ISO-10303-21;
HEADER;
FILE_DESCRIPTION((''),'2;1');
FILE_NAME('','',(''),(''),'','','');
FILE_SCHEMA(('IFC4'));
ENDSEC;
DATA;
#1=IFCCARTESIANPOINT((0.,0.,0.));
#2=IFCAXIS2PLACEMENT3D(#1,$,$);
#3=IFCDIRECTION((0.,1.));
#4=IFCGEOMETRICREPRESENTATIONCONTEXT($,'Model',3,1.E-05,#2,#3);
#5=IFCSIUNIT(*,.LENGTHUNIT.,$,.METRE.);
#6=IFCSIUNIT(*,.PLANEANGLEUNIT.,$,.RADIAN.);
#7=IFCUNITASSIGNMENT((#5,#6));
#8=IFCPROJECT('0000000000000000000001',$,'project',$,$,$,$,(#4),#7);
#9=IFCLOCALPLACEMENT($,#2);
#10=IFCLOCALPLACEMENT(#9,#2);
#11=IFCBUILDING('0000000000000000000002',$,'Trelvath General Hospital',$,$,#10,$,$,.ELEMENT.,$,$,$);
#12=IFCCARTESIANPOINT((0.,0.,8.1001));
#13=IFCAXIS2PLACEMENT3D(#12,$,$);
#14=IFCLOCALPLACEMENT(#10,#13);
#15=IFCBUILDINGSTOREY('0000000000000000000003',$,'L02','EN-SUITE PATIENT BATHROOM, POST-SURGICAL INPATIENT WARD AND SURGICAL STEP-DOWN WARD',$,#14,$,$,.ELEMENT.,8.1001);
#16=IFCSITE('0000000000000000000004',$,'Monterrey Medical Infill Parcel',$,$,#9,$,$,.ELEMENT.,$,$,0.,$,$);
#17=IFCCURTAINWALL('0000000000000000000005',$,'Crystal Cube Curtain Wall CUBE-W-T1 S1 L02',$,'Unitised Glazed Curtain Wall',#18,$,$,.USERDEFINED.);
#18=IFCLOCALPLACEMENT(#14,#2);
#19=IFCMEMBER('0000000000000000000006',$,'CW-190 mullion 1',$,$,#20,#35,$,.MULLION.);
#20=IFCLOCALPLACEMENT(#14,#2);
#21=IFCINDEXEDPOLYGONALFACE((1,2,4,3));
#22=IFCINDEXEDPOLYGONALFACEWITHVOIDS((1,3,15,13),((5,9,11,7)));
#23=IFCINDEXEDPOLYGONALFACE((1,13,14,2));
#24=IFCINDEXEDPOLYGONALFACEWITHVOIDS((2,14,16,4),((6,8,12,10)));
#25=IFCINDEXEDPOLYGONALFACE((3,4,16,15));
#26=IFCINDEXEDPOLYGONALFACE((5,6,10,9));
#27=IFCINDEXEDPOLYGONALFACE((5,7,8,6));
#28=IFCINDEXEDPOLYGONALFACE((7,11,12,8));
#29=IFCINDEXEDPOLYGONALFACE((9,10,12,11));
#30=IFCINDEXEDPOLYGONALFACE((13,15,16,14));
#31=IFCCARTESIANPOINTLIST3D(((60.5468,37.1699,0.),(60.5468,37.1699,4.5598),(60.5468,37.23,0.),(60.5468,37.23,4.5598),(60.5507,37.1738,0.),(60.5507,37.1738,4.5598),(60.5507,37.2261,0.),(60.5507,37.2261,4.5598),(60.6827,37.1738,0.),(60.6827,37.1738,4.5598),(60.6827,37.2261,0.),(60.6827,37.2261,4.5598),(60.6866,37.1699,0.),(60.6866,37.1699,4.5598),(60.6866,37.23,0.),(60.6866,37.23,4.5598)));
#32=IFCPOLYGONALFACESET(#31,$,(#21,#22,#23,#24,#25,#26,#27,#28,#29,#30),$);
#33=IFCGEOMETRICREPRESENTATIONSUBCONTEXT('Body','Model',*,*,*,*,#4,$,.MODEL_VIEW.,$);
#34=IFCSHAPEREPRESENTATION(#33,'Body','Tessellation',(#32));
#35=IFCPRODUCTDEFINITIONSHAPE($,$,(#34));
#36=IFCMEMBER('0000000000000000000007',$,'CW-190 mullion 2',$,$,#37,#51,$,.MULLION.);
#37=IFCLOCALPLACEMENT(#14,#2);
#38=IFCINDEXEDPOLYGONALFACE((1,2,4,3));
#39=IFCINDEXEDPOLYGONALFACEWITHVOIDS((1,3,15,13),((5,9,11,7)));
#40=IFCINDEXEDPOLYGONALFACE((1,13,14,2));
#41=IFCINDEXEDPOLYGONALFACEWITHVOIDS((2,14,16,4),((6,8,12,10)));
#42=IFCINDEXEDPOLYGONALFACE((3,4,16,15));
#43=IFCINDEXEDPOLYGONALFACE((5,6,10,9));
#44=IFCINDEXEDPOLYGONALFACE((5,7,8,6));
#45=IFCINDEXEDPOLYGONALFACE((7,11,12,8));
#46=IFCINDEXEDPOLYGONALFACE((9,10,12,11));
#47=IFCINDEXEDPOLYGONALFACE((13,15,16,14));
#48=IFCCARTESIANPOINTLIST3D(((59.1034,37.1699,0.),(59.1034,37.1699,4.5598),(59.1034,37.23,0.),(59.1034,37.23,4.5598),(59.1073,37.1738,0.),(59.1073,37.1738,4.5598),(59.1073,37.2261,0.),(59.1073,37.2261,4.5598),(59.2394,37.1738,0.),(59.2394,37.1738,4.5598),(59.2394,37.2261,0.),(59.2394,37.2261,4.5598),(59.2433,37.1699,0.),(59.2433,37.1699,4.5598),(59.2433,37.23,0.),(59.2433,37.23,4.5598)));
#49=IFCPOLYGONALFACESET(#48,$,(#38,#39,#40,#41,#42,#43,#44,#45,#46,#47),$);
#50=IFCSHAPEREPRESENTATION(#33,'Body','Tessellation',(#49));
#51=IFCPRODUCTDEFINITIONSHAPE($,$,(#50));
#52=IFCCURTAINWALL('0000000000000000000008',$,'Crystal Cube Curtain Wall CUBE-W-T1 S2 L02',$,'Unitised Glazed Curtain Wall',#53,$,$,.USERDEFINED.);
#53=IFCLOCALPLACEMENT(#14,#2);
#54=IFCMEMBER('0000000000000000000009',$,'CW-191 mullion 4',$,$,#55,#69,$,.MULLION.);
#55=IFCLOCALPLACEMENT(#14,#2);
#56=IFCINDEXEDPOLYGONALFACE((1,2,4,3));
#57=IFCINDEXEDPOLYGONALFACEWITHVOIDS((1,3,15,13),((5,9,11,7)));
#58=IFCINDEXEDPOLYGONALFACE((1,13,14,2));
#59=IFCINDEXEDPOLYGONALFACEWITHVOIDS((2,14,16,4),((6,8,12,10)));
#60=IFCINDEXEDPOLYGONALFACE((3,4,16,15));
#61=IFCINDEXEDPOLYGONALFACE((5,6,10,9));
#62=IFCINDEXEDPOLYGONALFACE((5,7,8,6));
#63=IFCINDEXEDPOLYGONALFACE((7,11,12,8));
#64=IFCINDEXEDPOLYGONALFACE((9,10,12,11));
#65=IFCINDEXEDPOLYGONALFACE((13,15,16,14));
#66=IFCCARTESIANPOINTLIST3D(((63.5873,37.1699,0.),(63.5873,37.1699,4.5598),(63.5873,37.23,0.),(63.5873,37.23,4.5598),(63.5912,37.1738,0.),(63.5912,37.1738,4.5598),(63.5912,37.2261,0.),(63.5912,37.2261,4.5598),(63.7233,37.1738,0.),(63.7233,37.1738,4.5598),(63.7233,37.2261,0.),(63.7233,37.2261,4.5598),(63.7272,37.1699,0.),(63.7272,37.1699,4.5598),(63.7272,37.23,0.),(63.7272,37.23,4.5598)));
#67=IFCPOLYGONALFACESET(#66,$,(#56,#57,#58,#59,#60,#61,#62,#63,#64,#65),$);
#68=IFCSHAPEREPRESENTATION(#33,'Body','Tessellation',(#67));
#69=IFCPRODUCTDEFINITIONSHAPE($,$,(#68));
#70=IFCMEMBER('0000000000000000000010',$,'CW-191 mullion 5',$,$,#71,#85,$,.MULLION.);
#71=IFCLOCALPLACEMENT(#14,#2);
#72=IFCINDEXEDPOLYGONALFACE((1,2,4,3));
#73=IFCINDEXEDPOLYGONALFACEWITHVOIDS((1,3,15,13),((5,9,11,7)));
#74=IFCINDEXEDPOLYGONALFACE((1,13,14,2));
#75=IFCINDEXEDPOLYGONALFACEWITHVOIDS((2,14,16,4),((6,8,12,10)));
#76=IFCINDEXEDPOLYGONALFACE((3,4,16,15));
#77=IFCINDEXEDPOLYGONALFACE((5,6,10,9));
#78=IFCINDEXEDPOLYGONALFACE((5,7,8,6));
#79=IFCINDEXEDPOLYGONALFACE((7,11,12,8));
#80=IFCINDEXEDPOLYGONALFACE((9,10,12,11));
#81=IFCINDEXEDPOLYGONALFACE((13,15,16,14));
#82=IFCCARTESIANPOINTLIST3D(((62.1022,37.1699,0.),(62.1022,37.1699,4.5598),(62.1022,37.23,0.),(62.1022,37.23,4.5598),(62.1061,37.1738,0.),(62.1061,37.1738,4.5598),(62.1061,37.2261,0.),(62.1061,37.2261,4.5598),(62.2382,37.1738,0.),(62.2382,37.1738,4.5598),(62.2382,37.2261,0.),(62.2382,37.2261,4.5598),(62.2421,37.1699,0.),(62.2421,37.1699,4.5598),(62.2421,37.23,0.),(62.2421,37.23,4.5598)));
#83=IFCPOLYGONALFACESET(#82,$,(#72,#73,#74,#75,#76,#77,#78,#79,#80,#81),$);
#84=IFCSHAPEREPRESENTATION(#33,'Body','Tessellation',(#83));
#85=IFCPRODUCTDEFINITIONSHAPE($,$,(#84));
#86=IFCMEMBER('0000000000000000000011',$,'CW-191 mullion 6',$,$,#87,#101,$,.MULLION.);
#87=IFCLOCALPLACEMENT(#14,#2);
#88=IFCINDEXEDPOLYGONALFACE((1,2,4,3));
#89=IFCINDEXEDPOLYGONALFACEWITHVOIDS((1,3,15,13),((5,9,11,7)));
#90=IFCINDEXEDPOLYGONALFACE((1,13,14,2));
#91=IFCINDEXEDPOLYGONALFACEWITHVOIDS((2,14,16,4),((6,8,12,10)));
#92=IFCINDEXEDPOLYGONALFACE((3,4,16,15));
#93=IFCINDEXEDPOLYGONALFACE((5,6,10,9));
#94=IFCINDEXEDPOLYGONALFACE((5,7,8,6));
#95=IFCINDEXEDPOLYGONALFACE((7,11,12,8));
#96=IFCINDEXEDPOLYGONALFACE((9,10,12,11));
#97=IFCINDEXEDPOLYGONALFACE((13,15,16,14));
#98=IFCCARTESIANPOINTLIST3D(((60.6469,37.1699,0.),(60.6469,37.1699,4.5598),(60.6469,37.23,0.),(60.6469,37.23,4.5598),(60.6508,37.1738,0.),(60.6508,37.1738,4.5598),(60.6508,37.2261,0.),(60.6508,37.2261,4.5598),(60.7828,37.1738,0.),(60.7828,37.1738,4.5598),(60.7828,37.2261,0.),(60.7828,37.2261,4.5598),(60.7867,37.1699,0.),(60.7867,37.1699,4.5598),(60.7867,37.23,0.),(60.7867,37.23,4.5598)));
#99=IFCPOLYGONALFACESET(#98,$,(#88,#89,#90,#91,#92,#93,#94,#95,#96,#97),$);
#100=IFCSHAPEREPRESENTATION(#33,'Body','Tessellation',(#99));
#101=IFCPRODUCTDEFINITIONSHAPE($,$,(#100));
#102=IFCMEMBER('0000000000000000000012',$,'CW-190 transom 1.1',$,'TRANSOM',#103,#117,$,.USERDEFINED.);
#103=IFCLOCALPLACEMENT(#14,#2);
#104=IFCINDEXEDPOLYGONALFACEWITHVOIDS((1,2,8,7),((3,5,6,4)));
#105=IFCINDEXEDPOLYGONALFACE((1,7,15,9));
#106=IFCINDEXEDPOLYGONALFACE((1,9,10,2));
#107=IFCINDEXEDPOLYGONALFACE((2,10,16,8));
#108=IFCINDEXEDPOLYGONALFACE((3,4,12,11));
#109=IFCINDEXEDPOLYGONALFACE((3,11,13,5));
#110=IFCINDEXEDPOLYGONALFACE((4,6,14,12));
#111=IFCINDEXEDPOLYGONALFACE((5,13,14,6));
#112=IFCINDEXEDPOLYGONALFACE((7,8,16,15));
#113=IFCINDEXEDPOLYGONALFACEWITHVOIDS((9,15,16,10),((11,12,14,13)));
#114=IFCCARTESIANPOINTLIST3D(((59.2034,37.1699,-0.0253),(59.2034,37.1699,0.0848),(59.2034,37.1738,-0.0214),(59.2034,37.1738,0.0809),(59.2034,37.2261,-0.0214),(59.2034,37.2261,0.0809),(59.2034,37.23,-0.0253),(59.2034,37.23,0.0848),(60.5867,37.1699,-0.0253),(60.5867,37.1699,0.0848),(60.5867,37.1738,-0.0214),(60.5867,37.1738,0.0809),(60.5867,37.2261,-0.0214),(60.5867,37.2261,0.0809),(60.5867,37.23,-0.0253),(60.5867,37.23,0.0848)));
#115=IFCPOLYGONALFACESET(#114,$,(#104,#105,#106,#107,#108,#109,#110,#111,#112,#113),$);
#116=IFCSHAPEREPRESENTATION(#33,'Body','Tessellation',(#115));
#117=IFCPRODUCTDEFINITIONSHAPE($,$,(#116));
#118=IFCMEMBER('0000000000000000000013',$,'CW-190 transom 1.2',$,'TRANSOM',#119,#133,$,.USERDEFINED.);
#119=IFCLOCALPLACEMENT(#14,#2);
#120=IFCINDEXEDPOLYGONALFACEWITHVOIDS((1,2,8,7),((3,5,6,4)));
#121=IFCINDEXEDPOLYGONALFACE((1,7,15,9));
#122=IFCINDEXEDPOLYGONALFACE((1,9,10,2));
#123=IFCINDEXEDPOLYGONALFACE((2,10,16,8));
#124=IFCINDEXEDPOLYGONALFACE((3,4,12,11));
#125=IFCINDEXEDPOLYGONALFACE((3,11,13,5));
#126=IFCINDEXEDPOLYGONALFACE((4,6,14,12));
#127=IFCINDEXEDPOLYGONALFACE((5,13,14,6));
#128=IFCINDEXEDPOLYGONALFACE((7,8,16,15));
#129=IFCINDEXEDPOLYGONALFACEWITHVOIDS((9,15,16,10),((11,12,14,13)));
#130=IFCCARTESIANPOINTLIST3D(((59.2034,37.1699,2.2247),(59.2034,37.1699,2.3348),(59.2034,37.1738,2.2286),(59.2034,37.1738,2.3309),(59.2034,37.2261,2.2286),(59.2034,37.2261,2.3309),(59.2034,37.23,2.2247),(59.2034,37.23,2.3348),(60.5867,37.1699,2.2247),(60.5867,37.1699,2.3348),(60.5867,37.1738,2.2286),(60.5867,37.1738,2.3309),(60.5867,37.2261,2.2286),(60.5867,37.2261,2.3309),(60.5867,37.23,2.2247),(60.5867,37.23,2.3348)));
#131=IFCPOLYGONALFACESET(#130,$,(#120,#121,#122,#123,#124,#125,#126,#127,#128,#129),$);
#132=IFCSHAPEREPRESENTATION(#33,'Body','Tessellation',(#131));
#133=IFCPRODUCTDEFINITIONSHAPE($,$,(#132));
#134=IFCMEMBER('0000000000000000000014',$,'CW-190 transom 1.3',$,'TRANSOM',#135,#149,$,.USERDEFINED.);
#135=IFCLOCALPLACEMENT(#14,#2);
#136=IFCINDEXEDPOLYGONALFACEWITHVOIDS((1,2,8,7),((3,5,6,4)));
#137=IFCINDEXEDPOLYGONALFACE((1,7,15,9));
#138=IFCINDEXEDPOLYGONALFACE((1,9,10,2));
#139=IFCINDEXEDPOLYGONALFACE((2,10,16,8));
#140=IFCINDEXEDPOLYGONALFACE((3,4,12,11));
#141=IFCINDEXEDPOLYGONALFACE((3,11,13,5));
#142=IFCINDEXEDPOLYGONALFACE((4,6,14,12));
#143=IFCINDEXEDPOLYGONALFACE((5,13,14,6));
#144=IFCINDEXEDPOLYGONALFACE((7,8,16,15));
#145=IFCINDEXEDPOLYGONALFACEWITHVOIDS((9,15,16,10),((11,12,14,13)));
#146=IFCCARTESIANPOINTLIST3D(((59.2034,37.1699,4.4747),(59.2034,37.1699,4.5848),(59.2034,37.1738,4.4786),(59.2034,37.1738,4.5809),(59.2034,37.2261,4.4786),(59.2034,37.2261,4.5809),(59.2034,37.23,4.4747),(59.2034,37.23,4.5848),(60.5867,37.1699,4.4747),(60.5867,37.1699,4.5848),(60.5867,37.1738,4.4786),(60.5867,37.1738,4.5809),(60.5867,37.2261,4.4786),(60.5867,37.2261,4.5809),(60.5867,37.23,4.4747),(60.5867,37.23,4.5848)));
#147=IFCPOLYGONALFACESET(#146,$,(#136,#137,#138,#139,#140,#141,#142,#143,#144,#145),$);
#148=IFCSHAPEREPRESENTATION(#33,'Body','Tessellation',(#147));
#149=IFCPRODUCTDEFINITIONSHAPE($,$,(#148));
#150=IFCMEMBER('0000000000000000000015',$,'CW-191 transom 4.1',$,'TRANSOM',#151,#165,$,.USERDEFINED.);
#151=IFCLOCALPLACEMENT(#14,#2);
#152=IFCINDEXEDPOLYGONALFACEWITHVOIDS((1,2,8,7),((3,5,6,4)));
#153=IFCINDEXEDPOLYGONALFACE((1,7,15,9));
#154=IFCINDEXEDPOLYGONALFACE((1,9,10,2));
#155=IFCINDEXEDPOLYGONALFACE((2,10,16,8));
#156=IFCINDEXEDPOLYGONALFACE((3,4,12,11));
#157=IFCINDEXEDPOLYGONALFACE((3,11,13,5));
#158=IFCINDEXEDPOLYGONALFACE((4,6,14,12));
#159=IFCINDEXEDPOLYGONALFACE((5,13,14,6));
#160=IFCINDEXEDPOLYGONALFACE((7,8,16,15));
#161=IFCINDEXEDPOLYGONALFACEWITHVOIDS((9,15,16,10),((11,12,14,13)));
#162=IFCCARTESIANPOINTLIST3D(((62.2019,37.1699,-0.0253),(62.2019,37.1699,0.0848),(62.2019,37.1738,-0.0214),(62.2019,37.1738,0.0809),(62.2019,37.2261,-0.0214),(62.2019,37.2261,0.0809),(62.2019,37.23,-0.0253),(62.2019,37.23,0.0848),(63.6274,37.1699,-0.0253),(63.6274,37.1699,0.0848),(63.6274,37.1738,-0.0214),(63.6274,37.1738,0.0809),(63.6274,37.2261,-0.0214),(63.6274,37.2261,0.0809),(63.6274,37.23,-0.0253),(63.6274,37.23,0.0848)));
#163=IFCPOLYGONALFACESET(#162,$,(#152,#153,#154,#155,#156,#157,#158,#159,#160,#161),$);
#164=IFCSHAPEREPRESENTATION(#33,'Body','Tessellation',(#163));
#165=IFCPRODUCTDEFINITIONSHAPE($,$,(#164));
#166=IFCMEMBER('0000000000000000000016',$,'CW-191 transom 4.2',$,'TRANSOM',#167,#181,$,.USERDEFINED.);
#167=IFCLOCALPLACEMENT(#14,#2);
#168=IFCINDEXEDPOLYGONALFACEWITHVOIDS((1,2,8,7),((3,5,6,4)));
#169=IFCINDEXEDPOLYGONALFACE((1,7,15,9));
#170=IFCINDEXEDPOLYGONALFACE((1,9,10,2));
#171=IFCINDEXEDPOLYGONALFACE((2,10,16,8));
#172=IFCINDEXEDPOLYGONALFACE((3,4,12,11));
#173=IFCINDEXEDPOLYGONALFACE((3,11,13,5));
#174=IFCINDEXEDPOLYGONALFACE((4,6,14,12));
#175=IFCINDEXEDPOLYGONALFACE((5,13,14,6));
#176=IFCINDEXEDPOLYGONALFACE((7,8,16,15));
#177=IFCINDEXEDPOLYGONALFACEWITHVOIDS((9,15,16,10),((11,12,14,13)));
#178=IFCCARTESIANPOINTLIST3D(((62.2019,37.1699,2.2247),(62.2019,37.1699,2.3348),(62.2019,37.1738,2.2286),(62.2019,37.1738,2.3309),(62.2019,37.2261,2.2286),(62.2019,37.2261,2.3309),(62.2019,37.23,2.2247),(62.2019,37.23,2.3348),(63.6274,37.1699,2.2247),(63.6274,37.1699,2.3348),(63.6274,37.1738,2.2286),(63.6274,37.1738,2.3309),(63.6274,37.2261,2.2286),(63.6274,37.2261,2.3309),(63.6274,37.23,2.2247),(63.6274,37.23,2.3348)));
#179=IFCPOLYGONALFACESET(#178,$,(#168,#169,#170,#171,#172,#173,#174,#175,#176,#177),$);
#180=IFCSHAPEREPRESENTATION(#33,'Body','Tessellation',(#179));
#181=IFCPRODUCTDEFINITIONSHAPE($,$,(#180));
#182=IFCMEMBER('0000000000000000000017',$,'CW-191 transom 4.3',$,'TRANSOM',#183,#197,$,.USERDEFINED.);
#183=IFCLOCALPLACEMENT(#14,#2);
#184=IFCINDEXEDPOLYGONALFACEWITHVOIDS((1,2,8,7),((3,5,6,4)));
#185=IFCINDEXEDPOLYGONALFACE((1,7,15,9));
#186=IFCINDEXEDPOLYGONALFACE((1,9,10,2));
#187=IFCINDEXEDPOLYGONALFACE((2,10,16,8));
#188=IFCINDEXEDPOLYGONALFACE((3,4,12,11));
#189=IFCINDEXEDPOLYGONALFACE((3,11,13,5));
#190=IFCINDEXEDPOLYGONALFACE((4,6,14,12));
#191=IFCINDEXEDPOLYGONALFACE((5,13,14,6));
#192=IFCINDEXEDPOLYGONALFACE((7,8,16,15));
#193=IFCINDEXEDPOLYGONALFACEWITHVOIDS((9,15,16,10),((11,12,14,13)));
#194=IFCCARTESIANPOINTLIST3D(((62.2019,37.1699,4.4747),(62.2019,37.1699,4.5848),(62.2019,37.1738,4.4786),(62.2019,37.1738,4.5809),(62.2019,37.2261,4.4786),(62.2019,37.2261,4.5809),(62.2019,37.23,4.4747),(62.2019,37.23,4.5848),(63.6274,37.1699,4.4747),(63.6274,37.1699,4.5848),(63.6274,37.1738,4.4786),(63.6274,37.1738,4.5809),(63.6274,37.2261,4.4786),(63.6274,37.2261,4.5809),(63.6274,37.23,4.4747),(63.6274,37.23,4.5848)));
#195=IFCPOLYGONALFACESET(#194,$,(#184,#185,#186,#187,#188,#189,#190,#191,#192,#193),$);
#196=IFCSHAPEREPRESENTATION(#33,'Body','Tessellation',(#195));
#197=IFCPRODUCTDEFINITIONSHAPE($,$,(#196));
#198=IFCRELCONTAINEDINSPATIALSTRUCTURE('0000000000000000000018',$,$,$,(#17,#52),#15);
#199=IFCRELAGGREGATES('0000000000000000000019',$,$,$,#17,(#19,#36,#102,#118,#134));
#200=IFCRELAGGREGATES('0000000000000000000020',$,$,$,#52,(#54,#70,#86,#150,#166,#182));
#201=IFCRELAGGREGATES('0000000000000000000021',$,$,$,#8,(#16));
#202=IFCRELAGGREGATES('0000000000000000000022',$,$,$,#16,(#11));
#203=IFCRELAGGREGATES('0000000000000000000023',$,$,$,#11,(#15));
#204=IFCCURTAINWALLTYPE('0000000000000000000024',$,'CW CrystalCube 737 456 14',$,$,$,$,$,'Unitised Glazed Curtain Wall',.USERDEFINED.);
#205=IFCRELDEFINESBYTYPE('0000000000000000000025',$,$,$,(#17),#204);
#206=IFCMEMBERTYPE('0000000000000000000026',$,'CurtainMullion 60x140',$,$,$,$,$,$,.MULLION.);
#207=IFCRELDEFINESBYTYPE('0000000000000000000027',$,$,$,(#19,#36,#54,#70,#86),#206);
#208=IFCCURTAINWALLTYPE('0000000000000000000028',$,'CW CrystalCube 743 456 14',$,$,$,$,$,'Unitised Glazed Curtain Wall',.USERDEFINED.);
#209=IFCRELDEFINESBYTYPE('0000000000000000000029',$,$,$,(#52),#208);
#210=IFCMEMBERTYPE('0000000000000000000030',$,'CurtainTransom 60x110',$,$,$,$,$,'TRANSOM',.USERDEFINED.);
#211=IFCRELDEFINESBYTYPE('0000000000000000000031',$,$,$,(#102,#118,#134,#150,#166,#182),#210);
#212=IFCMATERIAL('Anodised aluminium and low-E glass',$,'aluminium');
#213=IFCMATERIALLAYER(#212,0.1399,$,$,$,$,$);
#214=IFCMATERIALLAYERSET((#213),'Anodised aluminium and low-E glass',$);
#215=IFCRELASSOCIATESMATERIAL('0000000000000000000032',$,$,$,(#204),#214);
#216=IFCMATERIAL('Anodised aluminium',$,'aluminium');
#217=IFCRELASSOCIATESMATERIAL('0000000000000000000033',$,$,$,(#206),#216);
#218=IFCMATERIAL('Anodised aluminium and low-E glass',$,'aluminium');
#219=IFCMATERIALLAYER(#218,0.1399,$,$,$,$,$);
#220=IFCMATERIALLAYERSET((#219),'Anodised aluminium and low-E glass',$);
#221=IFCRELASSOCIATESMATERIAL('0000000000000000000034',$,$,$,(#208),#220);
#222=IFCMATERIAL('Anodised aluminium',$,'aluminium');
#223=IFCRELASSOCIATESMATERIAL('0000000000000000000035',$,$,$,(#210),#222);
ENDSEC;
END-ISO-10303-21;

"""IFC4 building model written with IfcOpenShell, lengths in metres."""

from ifc_helpers import new_model, si_unit, direction, frame, origin, origin_2d, place, context, subcontext, project, spatial, hollow_rectangle, extrude, material, layer, layer_set, material_profile, profile_set, type_object, element, aggregate, save


model = new_model("IFC4")

# Units and contexts
model_context = context("Model", 3, precision=1e-05, world=origin(), true_north=direction((0.0, 1.0)))
body_context = subcontext(model_context, "Body", "Model", "MODEL_VIEW")
ifc_project = project(units=[si_unit("LENGTHUNIT", "METRE"), si_unit("PLANEANGLEUNIT", "RADIAN")], contexts=[model_context])

# Site, building, storey
site_placement = place(None, origin())
site = spatial("IfcSite", under=ifc_project, at=site_placement, Name="Monterrey Medical Infill Parcel", CompositionType="ELEMENT", RefElevation=0.0)
building_placement = place(site_placement, origin())
building = spatial("IfcBuilding", under=site, at=building_placement, Name="Trelvath General Hospital", CompositionType="ELEMENT")
storey_placement = place(building_placement, frame((0.0, 0.0, 8.1001)))
storey = spatial("IfcBuildingStorey", under=building, at=storey_placement, Name="L02", Description="EN-SUITE PATIENT BATHROOM, POST-SURGICAL INPATIENT WARD AND SURGICAL STEP-DOWN WARD", CompositionType="ELEMENT", Elevation=8.1001)

# Curtain walls, members
ifc_material_1 = material(Name="Anodised aluminium and low-E glass", Category="aluminium")
ifc_layer_1 = layer(ifc_material_1, 0.1399)
ifc_layer_set_1 = layer_set([ifc_layer_1], Name="Anodised aluminium and low-E glass")
curtain_wall_type_1 = type_object("IfcCurtainWallType", Name="CW CrystalCube 737 456 14", ElementType="Unitised Glazed Curtain Wall", PredefinedType="USERDEFINED", material=ifc_layer_set_1)
curtain_wall_1_placement = place(storey_placement, origin())
curtain_wall_1 = element("IfcCurtainWall", 1, at=curtain_wall_1_placement, inside=storey, type_object=curtain_wall_type_1, Name="Crystal Cube Curtain Wall CUBE-W-T1 S1 L02", ObjectType="Unitised Glazed Curtain Wall", PredefinedType="USERDEFINED")
ifc_material_2 = material(Name="Anodised aluminium", Category="aluminium")
ifc_material_profile_1 = material_profile(ifc_material_2, hollow_rectangle(XDim=0.0601, YDim=0.1399, WallThickness=0.0039, at=origin_2d()), Name="RHS60x140x4")
ifc_profile_set_1 = profile_set([ifc_material_profile_1], Name="Anodised aluminium")
member_type_1 = type_object("IfcMemberType", Name="CurtainMullion 60x140", PredefinedType="MULLION", material=ifc_profile_set_1)
member_1_placement = place(storey_placement, frame((60.6167, 37.2, 0.0), z_axis=(0.0, 0.0, 1.0), x_axis=(0.0, -1.0, 0.0)))
member_1 = element("IfcMember", 2, at=member_1_placement, type_object=member_type_1, Name="CW-190 mullion 1", PredefinedType="MULLION", context=body_context, shape_type="SweptSolid", body=[
    extrude(hollow_rectangle(XDim=0.0601, YDim=0.1399, WallThickness=0.0039, at=origin_2d()), origin(), (0.0, 0.0, 1.0), 4.5598),
])
member_2_placement = place(storey_placement, frame((59.1733, 37.2, 0.0), z_axis=(0.0, 0.0, 1.0), x_axis=(0.0, -1.0, 0.0)))
member_2 = element("IfcMember", 3, at=member_2_placement, type_object=member_type_1, Name="CW-190 mullion 2", PredefinedType="MULLION", context=body_context, shape_type="SweptSolid", body=[
    extrude(hollow_rectangle(XDim=0.0601, YDim=0.1399, WallThickness=0.0039, at=origin_2d()), origin(), (0.0, 0.0, 1.0), 4.5598),
])
ifc_material_3 = material(Name="Anodised aluminium and low-E glass", Category="aluminium")
ifc_layer_2 = layer(ifc_material_3, 0.1399)
ifc_layer_set_2 = layer_set([ifc_layer_2], Name="Anodised aluminium and low-E glass")
curtain_wall_type_2 = type_object("IfcCurtainWallType", Name="CW CrystalCube 743 456 14", ElementType="Unitised Glazed Curtain Wall", PredefinedType="USERDEFINED", material=ifc_layer_set_2)
curtain_wall_2_placement = place(storey_placement, origin())
curtain_wall_2 = element("IfcCurtainWall", 4, at=curtain_wall_2_placement, inside=storey, type_object=curtain_wall_type_2, Name="Crystal Cube Curtain Wall CUBE-W-T1 S2 L02", ObjectType="Unitised Glazed Curtain Wall", PredefinedType="USERDEFINED")
member_3_placement = place(storey_placement, frame((63.6572, 37.2, 0.0), z_axis=(0.0, 0.0, 1.0), x_axis=(0.0, -1.0, 0.0)))
member_3 = element("IfcMember", 5, at=member_3_placement, type_object=member_type_1, Name="CW-191 mullion 4", PredefinedType="MULLION", context=body_context, shape_type="SweptSolid", body=[
    extrude(hollow_rectangle(XDim=0.0601, YDim=0.1399, WallThickness=0.0039, at=origin_2d()), origin(), (0.0, 0.0, 1.0), 4.5598),
])
member_4_placement = place(storey_placement, frame((62.1721, 37.2, 0.0), z_axis=(0.0, 0.0, 1.0), x_axis=(0.0, -1.0, 0.0)))
member_4 = element("IfcMember", 6, at=member_4_placement, type_object=member_type_1, Name="CW-191 mullion 5", PredefinedType="MULLION", context=body_context, shape_type="SweptSolid", body=[
    extrude(hollow_rectangle(XDim=0.0601, YDim=0.1399, WallThickness=0.0039, at=origin_2d()), origin(), (0.0, 0.0, 1.0), 4.5598),
])
member_5_placement = place(storey_placement, frame((60.7168, 37.2, 0.0), z_axis=(0.0, 0.0, 1.0), x_axis=(0.0, -1.0, 0.0)))
member_5 = element("IfcMember", 7, at=member_5_placement, type_object=member_type_1, Name="CW-191 mullion 6", PredefinedType="MULLION", context=body_context, shape_type="SweptSolid", body=[
    extrude(hollow_rectangle(XDim=0.0601, YDim=0.1399, WallThickness=0.0039, at=origin_2d()), origin(), (0.0, 0.0, 1.0), 4.5598),
])

# Members
ifc_material_4 = material(Name="Anodised aluminium", Category="aluminium")
ifc_material_profile_2 = material_profile(ifc_material_4, hollow_rectangle(XDim=0.0601, YDim=0.1101, WallThickness=0.0039, at=origin_2d()), Name="RHS60x110x4")
ifc_profile_set_2 = profile_set([ifc_material_profile_2], Name="Anodised aluminium")
member_type_2 = type_object("IfcMemberType", Name="CurtainTransom 60x110", ElementType="TRANSOM", PredefinedType="USERDEFINED", material=ifc_profile_set_2)
member_6_placement = place(storey_placement, frame((60.5867, 37.2, 0.0298), z_axis=(-1.0, 0.0, 0.0), x_axis=(0.0, -1.0, 0.0)))
member_6 = element("IfcMember", 8, at=member_6_placement, type_object=member_type_2, Name="CW-190 transom 1.1", ObjectType="TRANSOM", PredefinedType="USERDEFINED", context=body_context, shape_type="SweptSolid", body=[
    extrude(hollow_rectangle(XDim=0.0601, YDim=0.1101, WallThickness=0.0039, at=origin_2d()), origin(), (0.0, 0.0, 1.0), 1.3833),
])
member_7_placement = place(storey_placement, frame((60.5867, 37.2, 2.2798), z_axis=(-1.0, 0.0, 0.0), x_axis=(0.0, -1.0, 0.0)))
member_7 = element("IfcMember", 9, at=member_7_placement, type_object=member_type_2, Name="CW-190 transom 1.2", ObjectType="TRANSOM", PredefinedType="USERDEFINED", context=body_context, shape_type="SweptSolid", body=[
    extrude(hollow_rectangle(XDim=0.0601, YDim=0.1101, WallThickness=0.0039, at=origin_2d()), origin(), (0.0, 0.0, 1.0), 1.3833),
])
member_8_placement = place(storey_placement, frame((60.5867, 37.2, 4.5298), z_axis=(-1.0, 0.0, 0.0), x_axis=(0.0, -1.0, 0.0)))
member_8 = element("IfcMember", 10, at=member_8_placement, type_object=member_type_2, Name="CW-190 transom 1.3", ObjectType="TRANSOM", PredefinedType="USERDEFINED", context=body_context, shape_type="SweptSolid", body=[
    extrude(hollow_rectangle(XDim=0.0601, YDim=0.1101, WallThickness=0.0039, at=origin_2d()), origin(), (0.0, 0.0, 1.0), 1.3833),
])
member_9_placement = place(storey_placement, frame((63.6274, 37.2, 0.0298), z_axis=(-1.0, 0.0, 0.0), x_axis=(0.0, -1.0, 0.0)))
member_9 = element("IfcMember", 11, at=member_9_placement, type_object=member_type_2, Name="CW-191 transom 4.1", ObjectType="TRANSOM", PredefinedType="USERDEFINED", context=body_context, shape_type="SweptSolid", body=[
    extrude(hollow_rectangle(XDim=0.0601, YDim=0.1101, WallThickness=0.0039, at=origin_2d()), origin(), (0.0, 0.0, 1.0), 1.4255),
])
member_10_placement = place(storey_placement, frame((63.6274, 37.2, 2.2798), z_axis=(-1.0, 0.0, 0.0), x_axis=(0.0, -1.0, 0.0)))
member_10 = element("IfcMember", 12, at=member_10_placement, type_object=member_type_2, Name="CW-191 transom 4.2", ObjectType="TRANSOM", PredefinedType="USERDEFINED", context=body_context, shape_type="SweptSolid", body=[
    extrude(hollow_rectangle(XDim=0.0601, YDim=0.1101, WallThickness=0.0039, at=origin_2d()), origin(), (0.0, 0.0, 1.0), 1.4255),
])
member_11_placement = place(storey_placement, frame((63.6274, 37.2, 4.5298), z_axis=(-1.0, 0.0, 0.0), x_axis=(0.0, -1.0, 0.0)))
member_11 = element("IfcMember", 13, at=member_11_placement, type_object=member_type_2, Name="CW-191 transom 4.3", ObjectType="TRANSOM", PredefinedType="USERDEFINED", context=body_context, shape_type="SweptSolid", body=[
    extrude(hollow_rectangle(XDim=0.0601, YDim=0.1101, WallThickness=0.0039, at=origin_2d()), origin(), (0.0, 0.0, 1.0), 1.4255),
])

aggregate(curtain_wall_1, [member_1, member_2, member_6, member_7, member_8])
aggregate(curtain_wall_2, [member_3, member_4, member_5, member_9, member_10, member_11])

save(model, "model.ifc")
